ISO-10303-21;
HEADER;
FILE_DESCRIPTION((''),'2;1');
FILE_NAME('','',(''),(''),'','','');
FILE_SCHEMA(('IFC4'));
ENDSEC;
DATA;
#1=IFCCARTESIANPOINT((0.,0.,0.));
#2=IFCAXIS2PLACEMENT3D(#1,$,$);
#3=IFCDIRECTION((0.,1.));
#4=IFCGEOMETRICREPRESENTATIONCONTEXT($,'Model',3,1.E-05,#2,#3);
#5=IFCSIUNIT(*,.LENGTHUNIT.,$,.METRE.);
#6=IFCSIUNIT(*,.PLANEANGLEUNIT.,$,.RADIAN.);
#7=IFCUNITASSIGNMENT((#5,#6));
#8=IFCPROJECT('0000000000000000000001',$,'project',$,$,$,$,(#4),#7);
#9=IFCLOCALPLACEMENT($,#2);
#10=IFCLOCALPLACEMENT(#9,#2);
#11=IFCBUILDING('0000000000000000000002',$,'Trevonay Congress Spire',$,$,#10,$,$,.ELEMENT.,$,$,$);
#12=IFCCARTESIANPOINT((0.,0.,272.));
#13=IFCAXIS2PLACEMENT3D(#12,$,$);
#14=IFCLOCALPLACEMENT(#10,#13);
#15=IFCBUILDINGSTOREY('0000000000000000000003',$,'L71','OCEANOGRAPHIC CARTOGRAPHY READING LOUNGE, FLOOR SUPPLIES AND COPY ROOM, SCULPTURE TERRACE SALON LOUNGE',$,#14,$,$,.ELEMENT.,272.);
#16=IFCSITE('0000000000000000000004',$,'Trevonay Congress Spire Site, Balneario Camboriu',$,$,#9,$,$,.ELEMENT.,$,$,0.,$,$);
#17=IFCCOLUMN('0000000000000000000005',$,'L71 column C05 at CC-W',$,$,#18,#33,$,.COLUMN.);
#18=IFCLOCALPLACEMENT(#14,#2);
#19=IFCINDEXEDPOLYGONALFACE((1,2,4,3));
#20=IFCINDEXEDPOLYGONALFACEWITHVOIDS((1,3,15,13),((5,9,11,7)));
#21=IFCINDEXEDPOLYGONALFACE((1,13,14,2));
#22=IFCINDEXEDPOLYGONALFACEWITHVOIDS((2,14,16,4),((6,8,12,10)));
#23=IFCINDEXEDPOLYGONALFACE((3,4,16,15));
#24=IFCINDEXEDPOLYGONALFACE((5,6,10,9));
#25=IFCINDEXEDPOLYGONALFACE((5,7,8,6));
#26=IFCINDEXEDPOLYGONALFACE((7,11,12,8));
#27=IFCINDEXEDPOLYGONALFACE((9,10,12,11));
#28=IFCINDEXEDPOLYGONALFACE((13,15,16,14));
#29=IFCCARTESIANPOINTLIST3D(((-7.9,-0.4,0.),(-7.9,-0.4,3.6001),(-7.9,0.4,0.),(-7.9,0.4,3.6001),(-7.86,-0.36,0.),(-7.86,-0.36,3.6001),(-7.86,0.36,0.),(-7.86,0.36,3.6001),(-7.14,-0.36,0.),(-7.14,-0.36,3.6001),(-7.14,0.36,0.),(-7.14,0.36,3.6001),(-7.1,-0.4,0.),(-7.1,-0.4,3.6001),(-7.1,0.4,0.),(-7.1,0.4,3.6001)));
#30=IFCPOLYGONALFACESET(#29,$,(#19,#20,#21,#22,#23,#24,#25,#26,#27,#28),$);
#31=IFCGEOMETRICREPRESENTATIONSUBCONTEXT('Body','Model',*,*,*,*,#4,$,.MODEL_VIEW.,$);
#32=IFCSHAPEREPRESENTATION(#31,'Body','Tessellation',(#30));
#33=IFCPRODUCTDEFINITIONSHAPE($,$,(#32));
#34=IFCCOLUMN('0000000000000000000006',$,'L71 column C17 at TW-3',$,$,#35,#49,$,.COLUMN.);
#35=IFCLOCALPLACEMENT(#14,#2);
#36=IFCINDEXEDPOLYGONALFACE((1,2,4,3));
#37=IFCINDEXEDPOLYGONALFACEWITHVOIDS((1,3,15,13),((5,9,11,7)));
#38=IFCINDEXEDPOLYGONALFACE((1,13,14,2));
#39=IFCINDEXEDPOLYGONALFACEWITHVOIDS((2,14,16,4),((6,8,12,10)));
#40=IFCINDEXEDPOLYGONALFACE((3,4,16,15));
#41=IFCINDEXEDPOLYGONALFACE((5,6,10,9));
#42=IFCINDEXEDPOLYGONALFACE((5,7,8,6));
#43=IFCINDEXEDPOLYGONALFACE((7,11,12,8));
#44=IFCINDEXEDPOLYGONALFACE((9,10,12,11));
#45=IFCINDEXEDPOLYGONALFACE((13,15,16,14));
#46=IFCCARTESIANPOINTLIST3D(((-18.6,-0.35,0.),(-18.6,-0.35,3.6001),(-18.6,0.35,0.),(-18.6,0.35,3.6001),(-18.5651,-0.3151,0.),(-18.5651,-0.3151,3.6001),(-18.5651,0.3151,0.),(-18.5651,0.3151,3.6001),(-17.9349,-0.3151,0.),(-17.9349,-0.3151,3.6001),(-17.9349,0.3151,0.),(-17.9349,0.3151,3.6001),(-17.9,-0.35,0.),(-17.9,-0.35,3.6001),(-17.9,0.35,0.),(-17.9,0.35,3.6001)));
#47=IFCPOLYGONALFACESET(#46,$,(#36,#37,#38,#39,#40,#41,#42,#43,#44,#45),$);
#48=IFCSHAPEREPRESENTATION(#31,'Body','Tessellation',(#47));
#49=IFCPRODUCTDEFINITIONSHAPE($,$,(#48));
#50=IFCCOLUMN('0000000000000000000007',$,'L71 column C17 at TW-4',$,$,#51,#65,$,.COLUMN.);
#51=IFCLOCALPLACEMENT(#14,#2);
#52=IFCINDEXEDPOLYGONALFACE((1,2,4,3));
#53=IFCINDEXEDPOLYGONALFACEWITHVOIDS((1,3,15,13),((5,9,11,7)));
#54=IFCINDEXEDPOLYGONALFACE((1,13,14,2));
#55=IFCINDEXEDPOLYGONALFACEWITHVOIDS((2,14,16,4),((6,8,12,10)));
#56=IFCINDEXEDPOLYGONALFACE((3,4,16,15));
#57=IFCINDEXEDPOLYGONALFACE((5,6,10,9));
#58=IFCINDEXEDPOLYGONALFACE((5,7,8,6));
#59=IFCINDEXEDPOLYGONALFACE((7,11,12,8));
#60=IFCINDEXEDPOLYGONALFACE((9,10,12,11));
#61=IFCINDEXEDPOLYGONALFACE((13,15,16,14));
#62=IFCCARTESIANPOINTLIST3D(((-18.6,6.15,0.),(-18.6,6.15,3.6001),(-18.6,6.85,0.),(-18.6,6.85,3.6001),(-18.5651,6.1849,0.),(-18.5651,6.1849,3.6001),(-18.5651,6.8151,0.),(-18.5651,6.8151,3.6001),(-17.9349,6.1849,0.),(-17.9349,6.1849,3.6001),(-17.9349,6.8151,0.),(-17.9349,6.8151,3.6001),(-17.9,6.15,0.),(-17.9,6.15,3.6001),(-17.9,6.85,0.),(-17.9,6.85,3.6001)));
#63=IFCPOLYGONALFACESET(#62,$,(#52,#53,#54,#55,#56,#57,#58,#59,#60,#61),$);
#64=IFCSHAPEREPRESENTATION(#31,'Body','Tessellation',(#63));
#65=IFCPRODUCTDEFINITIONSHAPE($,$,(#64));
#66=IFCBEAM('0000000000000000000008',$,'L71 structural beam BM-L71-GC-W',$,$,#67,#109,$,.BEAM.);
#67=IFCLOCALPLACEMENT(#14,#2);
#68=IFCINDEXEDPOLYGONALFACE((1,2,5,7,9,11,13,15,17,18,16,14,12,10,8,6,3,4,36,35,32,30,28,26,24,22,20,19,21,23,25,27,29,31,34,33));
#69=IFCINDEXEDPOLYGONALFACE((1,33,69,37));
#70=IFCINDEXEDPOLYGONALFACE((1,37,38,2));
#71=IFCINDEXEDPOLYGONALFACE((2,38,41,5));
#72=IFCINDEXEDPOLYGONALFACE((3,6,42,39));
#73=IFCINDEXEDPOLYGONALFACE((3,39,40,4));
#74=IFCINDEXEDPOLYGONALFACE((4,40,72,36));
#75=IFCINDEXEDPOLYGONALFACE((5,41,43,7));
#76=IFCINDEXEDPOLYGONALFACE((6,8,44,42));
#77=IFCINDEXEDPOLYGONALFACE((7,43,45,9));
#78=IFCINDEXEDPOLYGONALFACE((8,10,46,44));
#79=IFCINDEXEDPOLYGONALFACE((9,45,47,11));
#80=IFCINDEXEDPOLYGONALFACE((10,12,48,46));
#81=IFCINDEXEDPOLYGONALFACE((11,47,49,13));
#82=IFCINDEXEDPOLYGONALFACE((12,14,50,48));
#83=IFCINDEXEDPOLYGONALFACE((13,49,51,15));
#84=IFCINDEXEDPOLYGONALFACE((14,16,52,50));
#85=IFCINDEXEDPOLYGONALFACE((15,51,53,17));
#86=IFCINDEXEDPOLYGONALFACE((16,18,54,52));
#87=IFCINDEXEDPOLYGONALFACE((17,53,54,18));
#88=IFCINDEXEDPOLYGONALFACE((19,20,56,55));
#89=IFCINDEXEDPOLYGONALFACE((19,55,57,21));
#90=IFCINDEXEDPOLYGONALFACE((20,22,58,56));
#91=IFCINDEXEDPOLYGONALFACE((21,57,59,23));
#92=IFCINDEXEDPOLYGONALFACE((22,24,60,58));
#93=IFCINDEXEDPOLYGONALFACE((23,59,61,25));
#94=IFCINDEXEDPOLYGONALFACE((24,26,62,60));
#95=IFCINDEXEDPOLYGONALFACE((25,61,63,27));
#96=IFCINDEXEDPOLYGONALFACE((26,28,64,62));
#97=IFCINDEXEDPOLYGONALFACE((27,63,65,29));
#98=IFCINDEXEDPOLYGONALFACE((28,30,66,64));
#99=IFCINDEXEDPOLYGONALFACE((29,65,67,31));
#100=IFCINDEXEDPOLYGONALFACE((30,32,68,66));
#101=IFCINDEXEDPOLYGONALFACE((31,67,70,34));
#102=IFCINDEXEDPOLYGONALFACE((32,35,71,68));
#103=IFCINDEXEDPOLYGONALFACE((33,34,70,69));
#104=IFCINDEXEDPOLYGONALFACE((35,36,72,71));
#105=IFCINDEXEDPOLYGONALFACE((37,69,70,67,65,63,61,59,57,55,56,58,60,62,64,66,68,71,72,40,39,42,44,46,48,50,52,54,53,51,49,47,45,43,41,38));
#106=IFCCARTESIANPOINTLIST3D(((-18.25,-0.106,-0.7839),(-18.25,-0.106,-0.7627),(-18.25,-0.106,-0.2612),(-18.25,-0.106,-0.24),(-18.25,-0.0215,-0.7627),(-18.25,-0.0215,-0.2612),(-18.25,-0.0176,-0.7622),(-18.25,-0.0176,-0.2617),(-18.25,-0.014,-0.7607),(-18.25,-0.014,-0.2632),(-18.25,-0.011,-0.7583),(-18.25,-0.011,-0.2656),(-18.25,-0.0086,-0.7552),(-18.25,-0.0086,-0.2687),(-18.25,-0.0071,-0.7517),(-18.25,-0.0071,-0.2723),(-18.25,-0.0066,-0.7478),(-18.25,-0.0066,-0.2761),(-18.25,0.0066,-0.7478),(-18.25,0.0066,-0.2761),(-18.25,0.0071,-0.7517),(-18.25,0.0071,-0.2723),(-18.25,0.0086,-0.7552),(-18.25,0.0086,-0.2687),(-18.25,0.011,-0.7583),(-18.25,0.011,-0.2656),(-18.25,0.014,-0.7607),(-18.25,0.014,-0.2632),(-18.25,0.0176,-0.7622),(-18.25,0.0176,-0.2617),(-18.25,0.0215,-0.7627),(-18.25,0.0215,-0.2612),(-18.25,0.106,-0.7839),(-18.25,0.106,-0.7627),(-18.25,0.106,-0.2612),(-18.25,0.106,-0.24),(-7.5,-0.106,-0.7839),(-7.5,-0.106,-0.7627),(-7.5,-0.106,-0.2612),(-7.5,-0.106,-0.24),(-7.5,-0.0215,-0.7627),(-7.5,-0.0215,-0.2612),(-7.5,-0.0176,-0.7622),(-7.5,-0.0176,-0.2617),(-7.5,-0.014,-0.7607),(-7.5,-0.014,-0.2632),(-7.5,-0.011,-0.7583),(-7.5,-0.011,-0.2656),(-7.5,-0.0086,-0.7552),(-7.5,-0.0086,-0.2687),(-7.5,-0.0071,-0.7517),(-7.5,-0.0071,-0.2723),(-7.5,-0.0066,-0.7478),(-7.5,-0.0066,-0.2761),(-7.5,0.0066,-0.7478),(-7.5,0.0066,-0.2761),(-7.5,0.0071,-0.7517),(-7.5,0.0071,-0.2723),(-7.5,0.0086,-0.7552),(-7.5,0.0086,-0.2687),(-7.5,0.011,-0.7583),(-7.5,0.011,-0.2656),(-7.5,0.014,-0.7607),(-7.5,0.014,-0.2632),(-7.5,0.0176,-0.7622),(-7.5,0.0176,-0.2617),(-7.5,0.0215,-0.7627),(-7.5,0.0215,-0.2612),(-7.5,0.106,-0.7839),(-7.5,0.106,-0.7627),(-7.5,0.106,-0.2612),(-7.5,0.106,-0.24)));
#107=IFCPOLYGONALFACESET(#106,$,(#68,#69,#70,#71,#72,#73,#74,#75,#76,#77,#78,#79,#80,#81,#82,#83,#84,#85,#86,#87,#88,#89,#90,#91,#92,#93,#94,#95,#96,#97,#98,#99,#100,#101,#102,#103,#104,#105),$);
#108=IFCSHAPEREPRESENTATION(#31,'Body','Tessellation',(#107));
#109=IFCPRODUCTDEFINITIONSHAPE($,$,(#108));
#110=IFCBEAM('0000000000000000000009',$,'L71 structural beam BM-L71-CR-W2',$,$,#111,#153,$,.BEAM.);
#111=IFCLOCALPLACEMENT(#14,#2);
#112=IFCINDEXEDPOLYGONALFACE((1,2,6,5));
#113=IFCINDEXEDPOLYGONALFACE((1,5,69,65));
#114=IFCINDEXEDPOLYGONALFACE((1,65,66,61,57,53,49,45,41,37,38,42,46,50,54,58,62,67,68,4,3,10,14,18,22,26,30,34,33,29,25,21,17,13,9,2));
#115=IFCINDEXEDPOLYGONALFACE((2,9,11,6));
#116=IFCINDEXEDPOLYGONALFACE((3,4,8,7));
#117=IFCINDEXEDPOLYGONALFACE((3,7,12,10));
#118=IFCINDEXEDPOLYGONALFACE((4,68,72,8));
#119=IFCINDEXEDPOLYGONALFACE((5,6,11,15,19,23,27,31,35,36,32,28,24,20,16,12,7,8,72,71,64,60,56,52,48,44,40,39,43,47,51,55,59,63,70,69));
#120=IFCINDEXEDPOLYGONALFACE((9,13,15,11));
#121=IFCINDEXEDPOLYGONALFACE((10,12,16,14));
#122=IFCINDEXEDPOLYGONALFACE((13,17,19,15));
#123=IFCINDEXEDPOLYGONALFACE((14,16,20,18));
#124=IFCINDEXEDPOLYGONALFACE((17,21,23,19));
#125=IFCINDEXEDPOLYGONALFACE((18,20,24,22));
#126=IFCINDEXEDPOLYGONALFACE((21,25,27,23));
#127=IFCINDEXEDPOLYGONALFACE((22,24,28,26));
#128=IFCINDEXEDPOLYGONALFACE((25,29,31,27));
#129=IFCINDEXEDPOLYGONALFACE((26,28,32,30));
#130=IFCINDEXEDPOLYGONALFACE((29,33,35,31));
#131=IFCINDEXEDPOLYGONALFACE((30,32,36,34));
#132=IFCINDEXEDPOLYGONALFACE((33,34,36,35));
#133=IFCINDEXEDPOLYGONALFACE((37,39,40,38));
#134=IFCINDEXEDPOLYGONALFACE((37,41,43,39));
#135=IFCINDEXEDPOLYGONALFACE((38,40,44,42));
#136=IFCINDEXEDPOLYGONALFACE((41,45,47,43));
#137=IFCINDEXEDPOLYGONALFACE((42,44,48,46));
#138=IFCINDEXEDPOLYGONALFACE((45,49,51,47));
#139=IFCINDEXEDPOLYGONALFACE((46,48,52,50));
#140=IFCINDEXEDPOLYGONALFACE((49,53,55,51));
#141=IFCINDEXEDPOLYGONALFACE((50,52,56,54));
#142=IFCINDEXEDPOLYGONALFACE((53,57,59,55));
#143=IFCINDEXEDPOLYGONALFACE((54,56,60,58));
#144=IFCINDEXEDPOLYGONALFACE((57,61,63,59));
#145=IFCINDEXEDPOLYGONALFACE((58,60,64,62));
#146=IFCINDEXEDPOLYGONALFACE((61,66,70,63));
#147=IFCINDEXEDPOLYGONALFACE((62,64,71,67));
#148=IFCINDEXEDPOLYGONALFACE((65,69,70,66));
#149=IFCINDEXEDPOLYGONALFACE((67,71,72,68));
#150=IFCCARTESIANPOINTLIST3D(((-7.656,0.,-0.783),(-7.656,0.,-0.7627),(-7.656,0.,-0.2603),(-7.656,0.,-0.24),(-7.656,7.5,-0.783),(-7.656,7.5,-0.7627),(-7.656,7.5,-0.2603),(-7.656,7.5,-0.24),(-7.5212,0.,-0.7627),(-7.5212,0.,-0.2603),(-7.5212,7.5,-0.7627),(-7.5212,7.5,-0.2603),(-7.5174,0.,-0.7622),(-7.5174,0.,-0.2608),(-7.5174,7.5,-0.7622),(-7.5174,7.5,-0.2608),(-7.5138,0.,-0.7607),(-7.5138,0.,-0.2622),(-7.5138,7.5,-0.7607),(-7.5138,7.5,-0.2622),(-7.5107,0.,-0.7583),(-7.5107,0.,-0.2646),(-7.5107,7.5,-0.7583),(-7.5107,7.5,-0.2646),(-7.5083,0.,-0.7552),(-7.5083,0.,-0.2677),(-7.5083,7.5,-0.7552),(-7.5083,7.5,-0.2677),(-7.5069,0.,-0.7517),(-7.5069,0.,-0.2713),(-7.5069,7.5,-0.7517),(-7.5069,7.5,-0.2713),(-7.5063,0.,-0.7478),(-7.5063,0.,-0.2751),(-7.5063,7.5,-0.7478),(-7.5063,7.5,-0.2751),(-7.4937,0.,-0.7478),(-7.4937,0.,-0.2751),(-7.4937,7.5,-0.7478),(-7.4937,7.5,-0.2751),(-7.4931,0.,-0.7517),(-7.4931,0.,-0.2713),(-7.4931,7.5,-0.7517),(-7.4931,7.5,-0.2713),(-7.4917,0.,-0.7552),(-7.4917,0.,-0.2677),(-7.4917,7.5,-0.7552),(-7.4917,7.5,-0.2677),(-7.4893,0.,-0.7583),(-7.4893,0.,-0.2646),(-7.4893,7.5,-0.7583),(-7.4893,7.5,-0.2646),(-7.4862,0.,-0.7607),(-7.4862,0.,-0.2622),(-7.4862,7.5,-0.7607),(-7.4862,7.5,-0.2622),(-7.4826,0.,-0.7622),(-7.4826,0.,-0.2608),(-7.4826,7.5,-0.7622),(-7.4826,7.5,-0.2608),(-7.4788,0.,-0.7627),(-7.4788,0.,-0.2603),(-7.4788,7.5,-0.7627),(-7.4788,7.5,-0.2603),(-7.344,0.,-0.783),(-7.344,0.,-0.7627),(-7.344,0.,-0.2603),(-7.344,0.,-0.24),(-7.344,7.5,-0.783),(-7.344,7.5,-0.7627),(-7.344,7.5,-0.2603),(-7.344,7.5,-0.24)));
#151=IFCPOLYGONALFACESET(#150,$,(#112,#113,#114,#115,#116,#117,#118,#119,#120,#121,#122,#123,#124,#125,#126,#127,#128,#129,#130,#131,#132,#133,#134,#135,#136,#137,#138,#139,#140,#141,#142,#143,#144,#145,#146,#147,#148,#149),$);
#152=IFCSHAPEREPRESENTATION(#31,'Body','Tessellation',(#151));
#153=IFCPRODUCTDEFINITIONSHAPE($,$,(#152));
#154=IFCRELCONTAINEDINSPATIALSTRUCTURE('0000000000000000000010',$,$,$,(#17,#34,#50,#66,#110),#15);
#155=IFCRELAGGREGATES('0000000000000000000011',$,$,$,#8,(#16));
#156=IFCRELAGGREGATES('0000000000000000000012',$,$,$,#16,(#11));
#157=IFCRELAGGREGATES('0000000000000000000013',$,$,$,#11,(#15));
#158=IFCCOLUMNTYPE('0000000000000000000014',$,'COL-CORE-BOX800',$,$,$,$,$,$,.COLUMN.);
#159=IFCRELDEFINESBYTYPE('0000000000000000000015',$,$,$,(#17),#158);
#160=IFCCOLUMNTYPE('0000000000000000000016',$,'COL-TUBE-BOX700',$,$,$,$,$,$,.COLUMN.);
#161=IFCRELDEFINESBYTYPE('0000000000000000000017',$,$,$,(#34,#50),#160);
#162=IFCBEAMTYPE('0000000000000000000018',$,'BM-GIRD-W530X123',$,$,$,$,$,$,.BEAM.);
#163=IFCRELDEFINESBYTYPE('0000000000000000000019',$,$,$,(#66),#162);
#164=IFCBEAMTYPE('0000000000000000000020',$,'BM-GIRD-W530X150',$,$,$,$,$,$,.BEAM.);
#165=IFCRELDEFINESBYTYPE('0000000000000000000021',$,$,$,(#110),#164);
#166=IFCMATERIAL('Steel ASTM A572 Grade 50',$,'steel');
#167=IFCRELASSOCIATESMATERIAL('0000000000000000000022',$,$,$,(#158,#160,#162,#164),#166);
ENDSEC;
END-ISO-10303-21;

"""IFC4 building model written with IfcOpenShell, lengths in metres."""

from ifc_helpers import new_model, si_unit, direction, frame, origin, origin_2d, place, context, subcontext, project, spatial, hollow_rectangle, i_section, extrude, material, material_profile, profile_set, type_object, element, save


model = new_model("IFC4")

# Units and contexts
model_context = context("Model", 3, precision=1e-05, world=origin(), true_north=direction((0.0, 1.0)))
body_context = subcontext(model_context, "Body", "Model", "MODEL_VIEW")
ifc_project = project(units=[si_unit("LENGTHUNIT", "METRE"), si_unit("PLANEANGLEUNIT", "RADIAN")], contexts=[model_context])

# Site, building, storey
site_placement = place(None, origin())
site = spatial("IfcSite", under=ifc_project, at=site_placement, Name="Trevonay Congress Spire Site, Balneario Camboriu", CompositionType="ELEMENT", RefElevation=0.0)
building_placement = place(site_placement, origin())
building = spatial("IfcBuilding", under=site, at=building_placement, Name="Trevonay Congress Spire", CompositionType="ELEMENT")
storey_placement = place(building_placement, frame((0.0, 0.0, 272.0)))
storey = spatial("IfcBuildingStorey", under=building, at=storey_placement, Name="L71", Description="OCEANOGRAPHIC CARTOGRAPHY READING LOUNGE, FLOOR SUPPLIES AND COPY ROOM, SCULPTURE TERRACE SALON LOUNGE", CompositionType="ELEMENT", Elevation=272.0)

# Columns
ifc_material_1 = material(Name="Steel ASTM A572 Grade 50", Category="steel")
ifc_material_profile_1 = material_profile(ifc_material_1, hollow_rectangle(XDim=0.8, YDim=0.8, WallThickness=0.04, at=origin_2d()), Name="BOX 800x800x40")
ifc_profile_set_1 = profile_set([ifc_material_profile_1], Name="Steel ASTM A572 Grade 50")
column_type_1 = type_object("IfcColumnType", Name="COL-CORE-BOX800", PredefinedType="COLUMN", material=ifc_profile_set_1)
column_placement = place(storey_placement, frame((-7.5, 0.0, 0.0), z_axis=(0.0, 0.0, 1.0), x_axis=(1.0, 0.0, 0.0)))
element("IfcColumn", 1, at=column_placement, inside=storey, type_object=column_type_1, Name="L71 column C05 at CC-W", PredefinedType="COLUMN", context=body_context, shape_type="SweptSolid", body=[
    extrude(hollow_rectangle(XDim=0.8, YDim=0.8, WallThickness=0.04, at=origin_2d()), origin(), (0.0, 0.0, 1.0), 3.6001),
])
ifc_material_profile_2 = material_profile(ifc_material_1, hollow_rectangle(XDim=0.7, YDim=0.7, WallThickness=0.0349, at=origin_2d()), Name="BOX 700x700x35")
ifc_profile_set_2 = profile_set([ifc_material_profile_2], Name="Steel ASTM A572 Grade 50")
column_type_2 = type_object("IfcColumnType", Name="COL-TUBE-BOX700", PredefinedType="COLUMN", material=ifc_profile_set_2)
for number, where, z_axis, x_axis, name in (
    (2, (-18.25, 0.0, 0.0), (0.0, 0.0, 1.0), (1.0, 0.0, 0.0), "L71 column C17 at TW-3"),
    (3, (-18.25, 6.5, 0.0), (0.0, 0.0, 1.0), (1.0, 0.0, 0.0), "L71 column C17 at TW-4"),
):
    element("IfcColumn", number, at=place(storey_placement, frame(where, z_axis=z_axis, x_axis=x_axis)), inside=storey, type_object=column_type_2, Name=name, PredefinedType="COLUMN", context=body_context, shape_type="SweptSolid", body=[
        extrude(hollow_rectangle(XDim=0.7, YDim=0.7, WallThickness=0.0349, at=origin_2d()), origin(), (0.0, 0.0, 1.0), 3.6001),
    ])

# Beams
ifc_material_profile_3 = material_profile(ifc_material_1, i_section(OverallWidth=0.2119, OverallDepth=0.5439, WebThickness=0.0132, FlangeThickness=0.0212, FilletRadius=0.0149, at=origin_2d()), Name="W530x123")
ifc_profile_set_3 = profile_set([ifc_material_profile_3], Name="Steel ASTM A572 Grade 50")
beam_type_1 = type_object("IfcBeamType", Name="BM-GIRD-W530X123", PredefinedType="BEAM", material=ifc_profile_set_3)
beam_1_placement = place(storey_placement, frame((-7.5, 0.0, -0.512), z_axis=(-1.0, 0.0, 0.0), x_axis=(0.0, -1.0, 0.0)))
element("IfcBeam", 4, at=beam_1_placement, inside=storey, type_object=beam_type_1, Name="L71 structural beam BM-L71-GC-W", PredefinedType="BEAM", context=body_context, shape_type="SweptSolid", body=[
    extrude(i_section(OverallWidth=0.2119, OverallDepth=0.5439, WebThickness=0.0132, FlangeThickness=0.0212, FilletRadius=0.0149, at=origin_2d()), origin(), (0.0, 0.0, 1.0), 10.75),
])
ifc_material_profile_4 = material_profile(ifc_material_1, i_section(OverallWidth=0.312, OverallDepth=0.543, WebThickness=0.0127, FlangeThickness=0.0203, FilletRadius=0.0149, at=origin_2d()), Name="W530x150")
ifc_profile_set_4 = profile_set([ifc_material_profile_4], Name="Steel ASTM A572 Grade 50")
beam_type_2 = type_object("IfcBeamType", Name="BM-GIRD-W530X150", PredefinedType="BEAM", material=ifc_profile_set_4)
beam_2_placement = place(storey_placement, frame((-7.5, 0.0, -0.5115), z_axis=(0.0, 1.0, 0.0), x_axis=(-1.0, 0.0, 0.0)))
element("IfcBeam", 5, at=beam_2_placement, inside=storey, type_object=beam_type_2, Name="L71 structural beam BM-L71-CR-W2", PredefinedType="BEAM", context=body_context, shape_type="SweptSolid", body=[
    extrude(i_section(OverallWidth=0.312, OverallDepth=0.543, WebThickness=0.0127, FlangeThickness=0.0203, FilletRadius=0.0149, at=origin_2d()), origin(), (0.0, 0.0, 1.0), 7.5),
])

save(model, "model.ifc")
